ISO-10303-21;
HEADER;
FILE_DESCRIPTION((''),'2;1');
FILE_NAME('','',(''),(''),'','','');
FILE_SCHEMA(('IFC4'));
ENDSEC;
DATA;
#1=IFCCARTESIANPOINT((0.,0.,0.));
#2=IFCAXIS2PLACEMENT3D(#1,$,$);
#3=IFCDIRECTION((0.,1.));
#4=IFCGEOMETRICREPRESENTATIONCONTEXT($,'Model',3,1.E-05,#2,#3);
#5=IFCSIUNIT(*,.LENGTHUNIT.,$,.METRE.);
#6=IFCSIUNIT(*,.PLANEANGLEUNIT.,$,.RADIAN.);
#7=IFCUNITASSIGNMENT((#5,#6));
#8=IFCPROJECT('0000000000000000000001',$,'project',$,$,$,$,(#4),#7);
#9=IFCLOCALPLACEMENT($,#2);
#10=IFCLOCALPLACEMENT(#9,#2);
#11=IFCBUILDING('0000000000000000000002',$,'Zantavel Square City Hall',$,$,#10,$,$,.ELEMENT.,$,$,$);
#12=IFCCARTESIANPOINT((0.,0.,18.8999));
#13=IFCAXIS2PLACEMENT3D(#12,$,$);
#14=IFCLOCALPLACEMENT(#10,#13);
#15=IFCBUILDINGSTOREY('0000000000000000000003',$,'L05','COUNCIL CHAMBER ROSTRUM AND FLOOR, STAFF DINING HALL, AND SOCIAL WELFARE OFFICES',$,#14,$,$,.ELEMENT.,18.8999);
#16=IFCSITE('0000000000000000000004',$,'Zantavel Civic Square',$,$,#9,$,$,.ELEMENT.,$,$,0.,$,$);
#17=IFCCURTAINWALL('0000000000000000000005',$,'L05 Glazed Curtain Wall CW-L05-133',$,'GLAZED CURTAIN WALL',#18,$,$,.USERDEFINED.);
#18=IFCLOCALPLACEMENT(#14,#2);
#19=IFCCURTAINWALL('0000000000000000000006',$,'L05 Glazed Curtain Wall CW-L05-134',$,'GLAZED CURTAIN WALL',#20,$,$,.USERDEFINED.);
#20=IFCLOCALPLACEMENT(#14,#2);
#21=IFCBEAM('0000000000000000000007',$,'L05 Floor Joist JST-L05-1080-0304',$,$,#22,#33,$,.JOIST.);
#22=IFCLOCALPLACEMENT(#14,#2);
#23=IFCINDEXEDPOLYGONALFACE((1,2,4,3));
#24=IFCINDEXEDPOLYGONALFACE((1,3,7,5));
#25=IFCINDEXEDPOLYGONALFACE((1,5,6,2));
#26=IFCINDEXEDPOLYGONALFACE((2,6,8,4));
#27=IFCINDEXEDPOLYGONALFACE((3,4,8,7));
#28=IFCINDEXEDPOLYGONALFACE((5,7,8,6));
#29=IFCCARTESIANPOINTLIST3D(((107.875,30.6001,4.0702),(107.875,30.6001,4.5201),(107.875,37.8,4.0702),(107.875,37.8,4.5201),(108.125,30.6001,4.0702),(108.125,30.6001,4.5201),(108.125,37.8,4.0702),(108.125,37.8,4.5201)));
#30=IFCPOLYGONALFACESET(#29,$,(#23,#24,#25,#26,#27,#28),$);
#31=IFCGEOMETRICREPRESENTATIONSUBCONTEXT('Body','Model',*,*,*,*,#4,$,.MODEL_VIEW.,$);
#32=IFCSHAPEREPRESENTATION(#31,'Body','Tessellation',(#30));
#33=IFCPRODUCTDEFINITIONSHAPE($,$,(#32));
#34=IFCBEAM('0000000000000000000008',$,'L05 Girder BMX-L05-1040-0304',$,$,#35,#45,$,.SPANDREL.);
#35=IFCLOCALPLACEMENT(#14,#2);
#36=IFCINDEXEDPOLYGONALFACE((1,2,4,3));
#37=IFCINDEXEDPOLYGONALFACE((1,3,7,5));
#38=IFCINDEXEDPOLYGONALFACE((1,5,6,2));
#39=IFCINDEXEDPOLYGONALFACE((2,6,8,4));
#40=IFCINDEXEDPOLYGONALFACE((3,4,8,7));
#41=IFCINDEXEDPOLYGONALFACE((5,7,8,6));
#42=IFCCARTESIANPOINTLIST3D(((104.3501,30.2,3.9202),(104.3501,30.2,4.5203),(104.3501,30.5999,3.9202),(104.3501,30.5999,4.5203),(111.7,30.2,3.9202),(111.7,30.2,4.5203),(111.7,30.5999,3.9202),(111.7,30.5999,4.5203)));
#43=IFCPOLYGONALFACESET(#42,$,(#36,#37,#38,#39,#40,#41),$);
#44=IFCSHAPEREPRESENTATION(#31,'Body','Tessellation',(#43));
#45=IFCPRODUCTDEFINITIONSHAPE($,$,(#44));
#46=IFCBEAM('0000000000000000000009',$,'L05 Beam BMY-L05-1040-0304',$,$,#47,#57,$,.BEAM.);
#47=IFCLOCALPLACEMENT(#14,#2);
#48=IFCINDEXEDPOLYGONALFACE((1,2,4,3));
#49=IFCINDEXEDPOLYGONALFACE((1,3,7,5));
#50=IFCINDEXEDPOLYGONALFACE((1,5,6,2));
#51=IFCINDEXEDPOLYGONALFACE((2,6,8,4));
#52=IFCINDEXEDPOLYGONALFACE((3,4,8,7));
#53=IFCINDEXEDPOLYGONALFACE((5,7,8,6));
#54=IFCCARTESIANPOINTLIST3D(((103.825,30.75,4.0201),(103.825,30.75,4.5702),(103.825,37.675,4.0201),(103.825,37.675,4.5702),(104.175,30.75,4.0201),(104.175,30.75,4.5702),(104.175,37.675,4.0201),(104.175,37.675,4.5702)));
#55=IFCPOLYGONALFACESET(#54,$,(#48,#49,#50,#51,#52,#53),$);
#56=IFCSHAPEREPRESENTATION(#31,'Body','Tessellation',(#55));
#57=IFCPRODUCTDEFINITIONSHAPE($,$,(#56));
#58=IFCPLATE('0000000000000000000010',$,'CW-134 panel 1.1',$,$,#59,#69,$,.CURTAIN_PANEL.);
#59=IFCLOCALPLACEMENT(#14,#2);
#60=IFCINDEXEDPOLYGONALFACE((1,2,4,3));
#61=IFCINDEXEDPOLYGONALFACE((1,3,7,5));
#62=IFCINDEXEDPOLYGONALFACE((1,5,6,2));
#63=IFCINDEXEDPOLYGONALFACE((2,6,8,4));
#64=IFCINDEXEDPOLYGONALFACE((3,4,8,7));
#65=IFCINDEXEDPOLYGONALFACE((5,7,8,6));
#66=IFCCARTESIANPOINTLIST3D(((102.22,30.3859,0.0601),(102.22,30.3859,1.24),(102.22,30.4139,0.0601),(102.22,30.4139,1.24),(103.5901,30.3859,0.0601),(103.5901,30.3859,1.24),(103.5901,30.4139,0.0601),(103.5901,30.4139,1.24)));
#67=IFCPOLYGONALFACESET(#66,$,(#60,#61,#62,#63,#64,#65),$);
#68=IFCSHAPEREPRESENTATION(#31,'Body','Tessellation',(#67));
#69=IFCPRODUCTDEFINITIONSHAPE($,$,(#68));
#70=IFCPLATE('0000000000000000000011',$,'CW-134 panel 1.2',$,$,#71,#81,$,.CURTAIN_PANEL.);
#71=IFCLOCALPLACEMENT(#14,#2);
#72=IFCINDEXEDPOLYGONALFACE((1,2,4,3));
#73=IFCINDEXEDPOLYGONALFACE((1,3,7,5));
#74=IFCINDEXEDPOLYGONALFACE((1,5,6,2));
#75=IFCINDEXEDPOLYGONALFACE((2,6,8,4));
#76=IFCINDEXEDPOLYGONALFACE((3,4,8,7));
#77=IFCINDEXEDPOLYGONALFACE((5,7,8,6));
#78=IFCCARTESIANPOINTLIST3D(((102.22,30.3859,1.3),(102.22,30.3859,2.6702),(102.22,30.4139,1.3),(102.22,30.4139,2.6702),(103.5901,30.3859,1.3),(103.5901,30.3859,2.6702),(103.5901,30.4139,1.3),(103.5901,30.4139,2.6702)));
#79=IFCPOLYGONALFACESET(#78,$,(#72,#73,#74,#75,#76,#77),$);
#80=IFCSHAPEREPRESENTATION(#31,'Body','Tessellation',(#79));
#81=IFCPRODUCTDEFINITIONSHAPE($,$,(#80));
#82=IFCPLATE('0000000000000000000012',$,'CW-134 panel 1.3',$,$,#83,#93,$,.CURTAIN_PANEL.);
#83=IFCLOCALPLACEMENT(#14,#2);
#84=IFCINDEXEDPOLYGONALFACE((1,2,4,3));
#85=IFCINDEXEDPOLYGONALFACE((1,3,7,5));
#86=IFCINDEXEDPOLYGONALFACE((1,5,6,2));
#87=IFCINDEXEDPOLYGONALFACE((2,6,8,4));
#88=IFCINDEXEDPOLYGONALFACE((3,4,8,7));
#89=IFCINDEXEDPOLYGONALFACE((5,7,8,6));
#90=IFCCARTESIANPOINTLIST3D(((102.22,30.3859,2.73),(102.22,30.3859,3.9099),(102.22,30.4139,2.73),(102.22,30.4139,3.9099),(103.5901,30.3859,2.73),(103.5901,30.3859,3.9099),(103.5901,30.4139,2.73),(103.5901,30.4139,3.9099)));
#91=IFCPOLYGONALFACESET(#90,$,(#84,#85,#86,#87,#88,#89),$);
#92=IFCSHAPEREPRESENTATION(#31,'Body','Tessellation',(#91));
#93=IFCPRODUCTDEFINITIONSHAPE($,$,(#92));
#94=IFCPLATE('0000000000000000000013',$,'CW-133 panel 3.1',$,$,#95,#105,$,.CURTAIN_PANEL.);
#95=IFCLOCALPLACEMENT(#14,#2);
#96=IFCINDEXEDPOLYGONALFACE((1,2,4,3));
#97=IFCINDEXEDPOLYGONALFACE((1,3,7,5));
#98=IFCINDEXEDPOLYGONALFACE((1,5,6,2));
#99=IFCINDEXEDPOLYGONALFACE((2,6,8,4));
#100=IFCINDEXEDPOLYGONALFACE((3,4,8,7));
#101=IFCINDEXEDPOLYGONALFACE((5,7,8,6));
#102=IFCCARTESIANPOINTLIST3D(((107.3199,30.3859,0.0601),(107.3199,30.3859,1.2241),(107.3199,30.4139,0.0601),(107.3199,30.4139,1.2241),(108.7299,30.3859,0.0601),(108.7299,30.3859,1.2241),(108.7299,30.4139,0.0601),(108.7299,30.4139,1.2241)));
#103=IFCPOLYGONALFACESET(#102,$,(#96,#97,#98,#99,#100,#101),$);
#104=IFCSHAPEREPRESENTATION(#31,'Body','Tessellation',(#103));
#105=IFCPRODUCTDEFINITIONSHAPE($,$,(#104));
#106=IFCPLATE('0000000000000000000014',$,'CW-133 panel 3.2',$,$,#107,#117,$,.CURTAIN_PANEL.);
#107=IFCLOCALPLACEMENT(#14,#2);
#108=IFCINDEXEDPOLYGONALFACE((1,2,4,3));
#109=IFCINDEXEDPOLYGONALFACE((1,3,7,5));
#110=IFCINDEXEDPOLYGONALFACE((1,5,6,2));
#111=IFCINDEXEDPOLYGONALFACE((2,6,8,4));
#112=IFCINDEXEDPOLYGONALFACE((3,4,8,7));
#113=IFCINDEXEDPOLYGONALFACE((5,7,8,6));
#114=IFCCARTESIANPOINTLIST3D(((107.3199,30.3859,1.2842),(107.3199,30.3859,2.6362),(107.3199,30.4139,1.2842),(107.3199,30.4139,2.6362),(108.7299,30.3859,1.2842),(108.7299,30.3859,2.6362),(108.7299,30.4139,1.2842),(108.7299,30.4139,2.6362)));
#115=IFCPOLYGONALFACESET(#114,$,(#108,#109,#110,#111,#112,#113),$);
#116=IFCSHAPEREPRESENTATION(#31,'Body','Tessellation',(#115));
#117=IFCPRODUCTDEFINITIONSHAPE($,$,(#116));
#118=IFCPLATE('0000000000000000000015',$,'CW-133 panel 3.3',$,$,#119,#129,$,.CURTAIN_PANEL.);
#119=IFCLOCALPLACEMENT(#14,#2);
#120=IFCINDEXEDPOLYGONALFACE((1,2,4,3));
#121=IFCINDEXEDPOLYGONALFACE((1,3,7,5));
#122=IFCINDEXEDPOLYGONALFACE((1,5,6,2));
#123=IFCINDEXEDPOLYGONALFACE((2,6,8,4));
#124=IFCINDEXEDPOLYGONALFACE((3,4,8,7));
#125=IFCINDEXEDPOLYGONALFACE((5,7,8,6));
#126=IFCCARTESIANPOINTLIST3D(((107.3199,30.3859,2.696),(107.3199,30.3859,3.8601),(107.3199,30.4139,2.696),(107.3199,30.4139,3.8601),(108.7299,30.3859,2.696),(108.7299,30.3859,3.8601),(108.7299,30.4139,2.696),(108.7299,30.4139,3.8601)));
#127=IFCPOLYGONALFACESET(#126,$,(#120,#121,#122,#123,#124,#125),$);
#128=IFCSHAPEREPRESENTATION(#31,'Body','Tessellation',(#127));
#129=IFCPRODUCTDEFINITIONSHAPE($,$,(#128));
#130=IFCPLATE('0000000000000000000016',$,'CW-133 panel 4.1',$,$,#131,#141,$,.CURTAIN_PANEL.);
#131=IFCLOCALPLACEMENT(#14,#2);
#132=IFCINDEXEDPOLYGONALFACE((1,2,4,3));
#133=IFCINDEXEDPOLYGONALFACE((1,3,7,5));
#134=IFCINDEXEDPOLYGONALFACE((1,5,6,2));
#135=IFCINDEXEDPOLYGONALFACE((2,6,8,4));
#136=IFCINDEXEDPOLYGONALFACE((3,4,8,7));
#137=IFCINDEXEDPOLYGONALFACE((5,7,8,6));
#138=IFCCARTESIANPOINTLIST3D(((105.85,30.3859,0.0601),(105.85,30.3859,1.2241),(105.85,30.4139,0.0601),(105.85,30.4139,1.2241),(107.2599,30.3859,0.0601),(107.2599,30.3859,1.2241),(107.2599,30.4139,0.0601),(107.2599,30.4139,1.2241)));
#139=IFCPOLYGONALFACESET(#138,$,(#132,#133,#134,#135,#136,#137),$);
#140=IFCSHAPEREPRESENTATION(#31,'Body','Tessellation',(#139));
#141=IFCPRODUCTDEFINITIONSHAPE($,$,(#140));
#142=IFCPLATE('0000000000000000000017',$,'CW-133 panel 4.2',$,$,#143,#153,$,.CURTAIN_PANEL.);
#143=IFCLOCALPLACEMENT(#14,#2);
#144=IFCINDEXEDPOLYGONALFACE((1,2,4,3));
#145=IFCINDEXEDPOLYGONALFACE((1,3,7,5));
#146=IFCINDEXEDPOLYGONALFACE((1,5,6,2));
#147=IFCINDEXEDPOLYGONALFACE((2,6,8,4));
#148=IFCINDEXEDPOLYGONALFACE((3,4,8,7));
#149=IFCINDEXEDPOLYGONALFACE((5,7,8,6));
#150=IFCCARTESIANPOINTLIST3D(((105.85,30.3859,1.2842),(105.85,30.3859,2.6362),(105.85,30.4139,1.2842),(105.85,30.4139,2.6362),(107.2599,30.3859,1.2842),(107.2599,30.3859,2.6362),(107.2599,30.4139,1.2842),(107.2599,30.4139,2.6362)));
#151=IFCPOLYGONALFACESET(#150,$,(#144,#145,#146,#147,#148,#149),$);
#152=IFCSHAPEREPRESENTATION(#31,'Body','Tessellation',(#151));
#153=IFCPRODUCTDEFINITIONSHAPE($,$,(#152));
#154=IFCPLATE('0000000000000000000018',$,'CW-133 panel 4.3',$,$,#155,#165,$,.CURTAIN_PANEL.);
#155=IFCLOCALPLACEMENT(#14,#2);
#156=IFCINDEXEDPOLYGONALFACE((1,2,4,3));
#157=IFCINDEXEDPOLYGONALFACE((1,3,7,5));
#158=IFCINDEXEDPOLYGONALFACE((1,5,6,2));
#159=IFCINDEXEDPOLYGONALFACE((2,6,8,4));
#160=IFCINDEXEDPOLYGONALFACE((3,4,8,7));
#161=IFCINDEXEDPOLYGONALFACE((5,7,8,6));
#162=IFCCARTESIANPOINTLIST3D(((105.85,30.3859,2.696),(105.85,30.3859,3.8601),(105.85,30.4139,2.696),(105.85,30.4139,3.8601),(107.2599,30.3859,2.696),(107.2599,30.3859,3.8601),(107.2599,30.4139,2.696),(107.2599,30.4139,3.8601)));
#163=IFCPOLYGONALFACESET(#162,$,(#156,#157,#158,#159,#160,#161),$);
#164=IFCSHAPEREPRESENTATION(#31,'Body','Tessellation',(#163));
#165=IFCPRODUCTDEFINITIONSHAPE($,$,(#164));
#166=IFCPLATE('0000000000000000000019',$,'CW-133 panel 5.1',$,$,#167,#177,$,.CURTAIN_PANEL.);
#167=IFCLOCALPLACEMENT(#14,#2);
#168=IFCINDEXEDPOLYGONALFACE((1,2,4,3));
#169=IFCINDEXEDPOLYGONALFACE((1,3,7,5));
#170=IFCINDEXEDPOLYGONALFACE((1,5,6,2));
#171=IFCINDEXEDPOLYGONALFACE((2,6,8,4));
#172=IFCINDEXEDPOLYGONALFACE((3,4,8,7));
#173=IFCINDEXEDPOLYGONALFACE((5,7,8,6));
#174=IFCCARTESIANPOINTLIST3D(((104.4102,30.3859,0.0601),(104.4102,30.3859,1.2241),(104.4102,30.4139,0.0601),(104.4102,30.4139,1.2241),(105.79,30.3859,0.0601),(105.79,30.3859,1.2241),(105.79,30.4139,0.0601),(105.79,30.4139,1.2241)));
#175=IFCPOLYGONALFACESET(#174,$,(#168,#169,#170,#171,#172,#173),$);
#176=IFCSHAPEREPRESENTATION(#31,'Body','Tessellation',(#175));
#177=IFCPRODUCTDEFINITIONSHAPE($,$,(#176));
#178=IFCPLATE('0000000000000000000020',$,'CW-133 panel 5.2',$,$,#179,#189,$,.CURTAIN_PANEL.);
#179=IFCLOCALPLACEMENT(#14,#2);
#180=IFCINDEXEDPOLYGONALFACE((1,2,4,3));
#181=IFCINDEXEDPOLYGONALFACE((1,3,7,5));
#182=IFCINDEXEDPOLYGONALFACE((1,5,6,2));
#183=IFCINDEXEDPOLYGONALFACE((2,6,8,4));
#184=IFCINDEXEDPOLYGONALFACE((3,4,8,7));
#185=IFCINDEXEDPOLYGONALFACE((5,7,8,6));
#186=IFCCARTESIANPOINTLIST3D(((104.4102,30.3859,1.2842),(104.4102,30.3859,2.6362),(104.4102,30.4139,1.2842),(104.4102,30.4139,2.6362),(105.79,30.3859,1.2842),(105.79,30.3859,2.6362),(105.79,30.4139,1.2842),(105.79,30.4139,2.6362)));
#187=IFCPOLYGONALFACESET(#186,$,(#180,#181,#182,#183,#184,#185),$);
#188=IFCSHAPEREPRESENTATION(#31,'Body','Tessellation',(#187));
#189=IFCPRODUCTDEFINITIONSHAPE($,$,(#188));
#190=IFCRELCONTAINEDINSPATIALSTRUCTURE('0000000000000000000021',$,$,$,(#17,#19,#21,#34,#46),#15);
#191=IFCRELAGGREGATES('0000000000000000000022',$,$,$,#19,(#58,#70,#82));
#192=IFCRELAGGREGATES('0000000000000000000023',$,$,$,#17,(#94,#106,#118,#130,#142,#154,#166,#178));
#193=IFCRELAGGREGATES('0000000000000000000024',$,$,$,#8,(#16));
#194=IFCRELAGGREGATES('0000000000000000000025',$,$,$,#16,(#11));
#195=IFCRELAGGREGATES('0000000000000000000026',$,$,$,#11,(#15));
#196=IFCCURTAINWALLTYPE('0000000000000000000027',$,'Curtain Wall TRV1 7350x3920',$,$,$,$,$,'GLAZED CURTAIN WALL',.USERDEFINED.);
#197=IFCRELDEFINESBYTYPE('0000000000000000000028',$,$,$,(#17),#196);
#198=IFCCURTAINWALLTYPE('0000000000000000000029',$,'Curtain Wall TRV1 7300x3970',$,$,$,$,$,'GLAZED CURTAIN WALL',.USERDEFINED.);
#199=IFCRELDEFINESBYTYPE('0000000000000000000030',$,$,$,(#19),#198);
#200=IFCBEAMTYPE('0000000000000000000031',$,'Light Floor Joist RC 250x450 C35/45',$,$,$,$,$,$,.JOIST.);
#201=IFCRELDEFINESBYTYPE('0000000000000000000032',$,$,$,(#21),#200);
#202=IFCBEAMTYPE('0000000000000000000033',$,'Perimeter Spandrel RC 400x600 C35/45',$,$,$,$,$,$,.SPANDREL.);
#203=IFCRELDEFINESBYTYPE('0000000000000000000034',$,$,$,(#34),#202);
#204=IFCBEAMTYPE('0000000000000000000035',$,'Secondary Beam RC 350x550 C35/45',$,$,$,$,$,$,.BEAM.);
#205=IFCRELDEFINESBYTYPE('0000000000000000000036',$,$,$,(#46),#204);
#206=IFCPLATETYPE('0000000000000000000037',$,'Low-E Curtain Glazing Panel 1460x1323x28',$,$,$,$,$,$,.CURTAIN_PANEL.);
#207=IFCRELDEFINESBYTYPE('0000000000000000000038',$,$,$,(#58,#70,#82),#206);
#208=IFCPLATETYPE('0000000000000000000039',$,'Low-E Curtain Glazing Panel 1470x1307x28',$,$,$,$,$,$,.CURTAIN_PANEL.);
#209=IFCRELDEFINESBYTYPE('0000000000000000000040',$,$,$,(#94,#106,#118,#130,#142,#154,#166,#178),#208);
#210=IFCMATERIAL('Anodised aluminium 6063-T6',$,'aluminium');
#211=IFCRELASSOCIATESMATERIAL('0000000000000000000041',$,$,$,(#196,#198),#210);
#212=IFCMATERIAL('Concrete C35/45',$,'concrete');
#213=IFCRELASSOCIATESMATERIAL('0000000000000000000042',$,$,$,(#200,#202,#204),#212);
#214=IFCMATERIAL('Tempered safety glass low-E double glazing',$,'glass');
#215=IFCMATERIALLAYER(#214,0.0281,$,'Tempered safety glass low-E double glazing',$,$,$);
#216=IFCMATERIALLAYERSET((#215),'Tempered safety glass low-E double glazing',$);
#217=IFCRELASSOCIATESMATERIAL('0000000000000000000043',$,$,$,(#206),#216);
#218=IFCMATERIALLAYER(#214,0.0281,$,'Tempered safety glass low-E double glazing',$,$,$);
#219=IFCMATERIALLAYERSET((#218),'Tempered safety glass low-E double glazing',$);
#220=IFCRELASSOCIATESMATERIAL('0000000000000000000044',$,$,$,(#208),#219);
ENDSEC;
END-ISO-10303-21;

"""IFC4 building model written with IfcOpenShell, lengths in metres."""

from ifc_helpers import new_model, si_unit, direction, frame, origin, origin_2d, place, context, subcontext, project, spatial, rectangle, extrude, material, layer, layer_set, material_profile, profile_set, type_object, element, aggregate, save


model = new_model("IFC4")

# Units and contexts
model_context = context("Model", 3, precision=1e-05, world=origin(), true_north=direction((0.0, 1.0)))
body_context = subcontext(model_context, "Body", "Model", "MODEL_VIEW")
ifc_project = project(units=[si_unit("LENGTHUNIT", "METRE"), si_unit("PLANEANGLEUNIT", "RADIAN")], contexts=[model_context])

# Site, building, storey
site_placement = place(None, origin())
site = spatial("IfcSite", under=ifc_project, at=site_placement, Name="Zantavel Civic Square", CompositionType="ELEMENT", RefElevation=0.0)
building_placement = place(site_placement, origin())
building = spatial("IfcBuilding", under=site, at=building_placement, Name="Zantavel Square City Hall", CompositionType="ELEMENT")
storey_placement = place(building_placement, frame((0.0, 0.0, 18.8999)))
storey = spatial("IfcBuildingStorey", under=building, at=storey_placement, Name="L05", Description="COUNCIL CHAMBER ROSTRUM AND FLOOR, STAFF DINING HALL, AND SOCIAL WELFARE OFFICES", CompositionType="ELEMENT", Elevation=18.8999)

# Curtain wall
ifc_material_1 = material(Name="Anodised aluminium 6063-T6", Category="aluminium")
curtain_wall_type_1 = type_object("IfcCurtainWallType", Name="Curtain Wall TRV1 7350x3920", ElementType="GLAZED CURTAIN WALL", PredefinedType="USERDEFINED", material=ifc_material_1)
curtain_wall_1_placement = place(storey_placement, origin())
curtain_wall_1 = element("IfcCurtainWall", 1, at=curtain_wall_1_placement, inside=storey, type_object=curtain_wall_type_1, Name="L05 Glazed Curtain Wall CW-L05-133", ObjectType="GLAZED CURTAIN WALL", PredefinedType="USERDEFINED")

# Curtain wall
curtain_wall_type_2 = type_object("IfcCurtainWallType", Name="Curtain Wall TRV1 7300x3970", ElementType="GLAZED CURTAIN WALL", PredefinedType="USERDEFINED", material=ifc_material_1)
curtain_wall_2_placement = place(storey_placement, origin())
curtain_wall_2 = element("IfcCurtainWall", 2, at=curtain_wall_2_placement, inside=storey, type_object=curtain_wall_type_2, Name="L05 Glazed Curtain Wall CW-L05-134", ObjectType="GLAZED CURTAIN WALL", PredefinedType="USERDEFINED")

# Beams
ifc_material_2 = material(Name="Concrete C35/45", Category="concrete")
ifc_material_profile_1 = material_profile(ifc_material_2, rectangle(XDim=0.25, YDim=0.45, at=origin_2d()), Name="RC 250x450")
ifc_profile_set_1 = profile_set([ifc_material_profile_1], Name="Concrete C35/45")
beam_type_1 = type_object("IfcBeamType", Name="Light Floor Joist RC 250x450 C35/45", PredefinedType="JOIST", material=ifc_profile_set_1)
beam_1_placement = place(storey_placement, frame((108.0, 30.6001, 4.2952), z_axis=(0.0, 1.0, 0.0), x_axis=(-1.0, 0.0, 0.0)))
element("IfcBeam", 3, at=beam_1_placement, inside=storey, type_object=beam_type_1, Name="L05 Floor Joist JST-L05-1080-0304", PredefinedType="JOIST", context=body_context, shape_type="SweptSolid", body=[
    extrude(rectangle(XDim=0.25, YDim=0.45, at=origin_2d()), origin(), (0.0, 0.0, 1.0), 7.2),
])
ifc_material_profile_2 = material_profile(ifc_material_2, rectangle(XDim=0.3999, YDim=0.6001, at=origin_2d()), Name="RC 400x600")
ifc_profile_set_2 = profile_set([ifc_material_profile_2], Name="Concrete C35/45")
beam_type_2 = type_object("IfcBeamType", Name="Perimeter Spandrel RC 400x600 C35/45", PredefinedType="SPANDREL", material=ifc_profile_set_2)
beam_2_placement = place(storey_placement, frame((104.3501, 30.3999, 4.2202), z_axis=(1.0, 0.0, 0.0), x_axis=(0.0, 1.0, 0.0)))
element("IfcBeam", 4, at=beam_2_placement, inside=storey, type_object=beam_type_2, Name="L05 Girder BMX-L05-1040-0304", PredefinedType="SPANDREL", context=body_context, shape_type="SweptSolid", body=[
    extrude(rectangle(XDim=0.3999, YDim=0.6001, at=origin_2d()), origin(), (0.0, 0.0, 1.0), 7.3499),
])
ifc_material_profile_3 = material_profile(ifc_material_2, rectangle(XDim=0.3501, YDim=0.55, at=origin_2d()), Name="RC 350x550")
ifc_profile_set_3 = profile_set([ifc_material_profile_3], Name="Concrete C35/45")
beam_type_3 = type_object("IfcBeamType", Name="Secondary Beam RC 350x550 C35/45", PredefinedType="BEAM", material=ifc_profile_set_3)
beam_3_placement = place(storey_placement, frame((104.0, 30.75, 4.2952), z_axis=(0.0, 1.0, 0.0), x_axis=(-1.0, 0.0, 0.0)))
element("IfcBeam", 5, at=beam_3_placement, inside=storey, type_object=beam_type_3, Name="L05 Beam BMY-L05-1040-0304", PredefinedType="BEAM", context=body_context, shape_type="SweptSolid", body=[
    extrude(rectangle(XDim=0.3501, YDim=0.55, at=origin_2d()), origin(), (0.0, 0.0, 1.0), 6.925),
])

# Plates
ifc_material_3 = material(Name="Tempered safety glass low-E double glazing", Category="glass")
ifc_layer_1 = layer(ifc_material_3, 0.0281, Name="Tempered safety glass low-E double glazing")
ifc_layer_set_1 = layer_set([ifc_layer_1], Name="Tempered safety glass low-E double glazing")
plate_type_1 = type_object("IfcPlateType", Name="Low-E Curtain Glazing Panel 1460x1323x28", PredefinedType="CURTAIN_PANEL", material=ifc_layer_set_1)
plate_1_placement = place(storey_placement, frame((102.905, 30.3999, 0.0601), z_axis=(0.0, 0.0, 1.0), x_axis=(-1.0, 0.0, 0.0)))
plate_1 = element("IfcPlate", 6, at=plate_1_placement, type_object=plate_type_1, Name="CW-134 panel 1.1", PredefinedType="CURTAIN_PANEL", context=body_context, shape_type="SweptSolid", body=[
    extrude(rectangle(XDim=1.3701, YDim=0.0281, at=origin_2d()), origin(), (0.0, 0.0, 1.0), 1.1799),
])
plate_2_placement = place(storey_placement, frame((102.905, 30.3999, 1.3), z_axis=(0.0, 0.0, 1.0), x_axis=(-1.0, 0.0, 0.0)))
plate_2 = element("IfcPlate", 7, at=plate_2_placement, type_object=plate_type_1, Name="CW-134 panel 1.2", PredefinedType="CURTAIN_PANEL", context=body_context, shape_type="SweptSolid", body=[
    extrude(rectangle(XDim=1.3701, YDim=0.0281, at=origin_2d()), origin(), (0.0, 0.0, 1.0), 1.3701),
])
plate_3_placement = place(storey_placement, frame((102.905, 30.3999, 2.73), z_axis=(0.0, 0.0, 1.0), x_axis=(-1.0, 0.0, 0.0)))
plate_3 = element("IfcPlate", 8, at=plate_3_placement, type_object=plate_type_1, Name="CW-134 panel 1.3", PredefinedType="CURTAIN_PANEL", context=body_context, shape_type="SweptSolid", body=[
    extrude(rectangle(XDim=1.3701, YDim=0.0281, at=origin_2d()), origin(), (0.0, 0.0, 1.0), 1.1799),
])
aggregate(curtain_wall_2, [plate_1, plate_2, plate_3])
ifc_layer_2 = layer(ifc_material_3, 0.0281, Name="Tempered safety glass low-E double glazing")
ifc_layer_set_2 = layer_set([ifc_layer_2], Name="Tempered safety glass low-E double glazing")
plate_type_2 = type_object("IfcPlateType", Name="Low-E Curtain Glazing Panel 1470x1307x28", PredefinedType="CURTAIN_PANEL", material=ifc_layer_set_2)
plate_4_placement = place(storey_placement, frame((108.0249, 30.3999, 0.0601), z_axis=(0.0, 0.0, 1.0), x_axis=(-1.0, 0.0, 0.0)))
plate_4 = element("IfcPlate", 9, at=plate_4_placement, type_object=plate_type_2, Name="CW-133 panel 3.1", PredefinedType="CURTAIN_PANEL", context=body_context, shape_type="SweptSolid", body=[
    extrude(rectangle(XDim=1.4099, YDim=0.0281, at=origin_2d()), origin(), (0.0, 0.0, 1.0), 1.1641),
])
plate_5_placement = place(storey_placement, frame((108.0249, 30.3999, 1.2842), z_axis=(0.0, 0.0, 1.0), x_axis=(-1.0, 0.0, 0.0)))
plate_5 = element("IfcPlate", 10, at=plate_5_placement, type_object=plate_type_2, Name="CW-133 panel 3.2", PredefinedType="CURTAIN_PANEL", context=body_context, shape_type="SweptSolid", body=[
    extrude(rectangle(XDim=1.4099, YDim=0.0281, at=origin_2d()), origin(), (0.0, 0.0, 1.0), 1.3521),
])
plate_6_placement = place(storey_placement, frame((108.0249, 30.3999, 2.696), z_axis=(0.0, 0.0, 1.0), x_axis=(-1.0, 0.0, 0.0)))
plate_6 = element("IfcPlate", 11, at=plate_6_placement, type_object=plate_type_2, Name="CW-133 panel 3.3", PredefinedType="CURTAIN_PANEL", context=body_context, shape_type="SweptSolid", body=[
    extrude(rectangle(XDim=1.4099, YDim=0.0281, at=origin_2d()), origin(), (0.0, 0.0, 1.0), 1.1641),
])
plate_7_placement = place(storey_placement, frame((106.5549, 30.3999, 0.0601), z_axis=(0.0, 0.0, 1.0), x_axis=(-1.0, 0.0, 0.0)))
plate_7 = element("IfcPlate", 12, at=plate_7_placement, type_object=plate_type_2, Name="CW-133 panel 4.1", PredefinedType="CURTAIN_PANEL", context=body_context, shape_type="SweptSolid", body=[
    extrude(rectangle(XDim=1.4099, YDim=0.0281, at=origin_2d()), origin(), (0.0, 0.0, 1.0), 1.1641),
])
plate_8_placement = place(storey_placement, frame((106.5549, 30.3999, 1.2842), z_axis=(0.0, 0.0, 1.0), x_axis=(-1.0, 0.0, 0.0)))
plate_8 = element("IfcPlate", 13, at=plate_8_placement, type_object=plate_type_2, Name="CW-133 panel 4.2", PredefinedType="CURTAIN_PANEL", context=body_context, shape_type="SweptSolid", body=[
    extrude(rectangle(XDim=1.4099, YDim=0.0281, at=origin_2d()), origin(), (0.0, 0.0, 1.0), 1.3521),
])
plate_9_placement = place(storey_placement, frame((106.5549, 30.3999, 2.696), z_axis=(0.0, 0.0, 1.0), x_axis=(-1.0, 0.0, 0.0)))
plate_9 = element("IfcPlate", 14, at=plate_9_placement, type_object=plate_type_2, Name="CW-133 panel 4.3", PredefinedType="CURTAIN_PANEL", context=body_context, shape_type="SweptSolid", body=[
    extrude(rectangle(XDim=1.4099, YDim=0.0281, at=origin_2d()), origin(), (0.0, 0.0, 1.0), 1.1641),
])
plate_10_placement = place(storey_placement, frame((105.1001, 30.3999, 0.0601), z_axis=(0.0, 0.0, 1.0), x_axis=(-1.0, 0.0, 0.0)))
plate_10 = element("IfcPlate", 15, at=plate_10_placement, type_object=plate_type_2, Name="CW-133 panel 5.1", PredefinedType="CURTAIN_PANEL", context=body_context, shape_type="SweptSolid", body=[
    extrude(rectangle(XDim=1.3799, YDim=0.0281, at=origin_2d()), origin(), (0.0, 0.0, 1.0), 1.1641),
])
plate_11_placement = place(storey_placement, frame((105.1001, 30.3999, 1.2842), z_axis=(0.0, 0.0, 1.0), x_axis=(-1.0, 0.0, 0.0)))
plate_11 = element("IfcPlate", 16, at=plate_11_placement, type_object=plate_type_2, Name="CW-133 panel 5.2", PredefinedType="CURTAIN_PANEL", context=body_context, shape_type="SweptSolid", body=[
    extrude(rectangle(XDim=1.3799, YDim=0.0281, at=origin_2d()), origin(), (0.0, 0.0, 1.0), 1.3521),
])
aggregate(curtain_wall_1, [plate_4, plate_5, plate_6, plate_7, plate_8, plate_9, plate_10, plate_11])

save(model, "model.ifc")
